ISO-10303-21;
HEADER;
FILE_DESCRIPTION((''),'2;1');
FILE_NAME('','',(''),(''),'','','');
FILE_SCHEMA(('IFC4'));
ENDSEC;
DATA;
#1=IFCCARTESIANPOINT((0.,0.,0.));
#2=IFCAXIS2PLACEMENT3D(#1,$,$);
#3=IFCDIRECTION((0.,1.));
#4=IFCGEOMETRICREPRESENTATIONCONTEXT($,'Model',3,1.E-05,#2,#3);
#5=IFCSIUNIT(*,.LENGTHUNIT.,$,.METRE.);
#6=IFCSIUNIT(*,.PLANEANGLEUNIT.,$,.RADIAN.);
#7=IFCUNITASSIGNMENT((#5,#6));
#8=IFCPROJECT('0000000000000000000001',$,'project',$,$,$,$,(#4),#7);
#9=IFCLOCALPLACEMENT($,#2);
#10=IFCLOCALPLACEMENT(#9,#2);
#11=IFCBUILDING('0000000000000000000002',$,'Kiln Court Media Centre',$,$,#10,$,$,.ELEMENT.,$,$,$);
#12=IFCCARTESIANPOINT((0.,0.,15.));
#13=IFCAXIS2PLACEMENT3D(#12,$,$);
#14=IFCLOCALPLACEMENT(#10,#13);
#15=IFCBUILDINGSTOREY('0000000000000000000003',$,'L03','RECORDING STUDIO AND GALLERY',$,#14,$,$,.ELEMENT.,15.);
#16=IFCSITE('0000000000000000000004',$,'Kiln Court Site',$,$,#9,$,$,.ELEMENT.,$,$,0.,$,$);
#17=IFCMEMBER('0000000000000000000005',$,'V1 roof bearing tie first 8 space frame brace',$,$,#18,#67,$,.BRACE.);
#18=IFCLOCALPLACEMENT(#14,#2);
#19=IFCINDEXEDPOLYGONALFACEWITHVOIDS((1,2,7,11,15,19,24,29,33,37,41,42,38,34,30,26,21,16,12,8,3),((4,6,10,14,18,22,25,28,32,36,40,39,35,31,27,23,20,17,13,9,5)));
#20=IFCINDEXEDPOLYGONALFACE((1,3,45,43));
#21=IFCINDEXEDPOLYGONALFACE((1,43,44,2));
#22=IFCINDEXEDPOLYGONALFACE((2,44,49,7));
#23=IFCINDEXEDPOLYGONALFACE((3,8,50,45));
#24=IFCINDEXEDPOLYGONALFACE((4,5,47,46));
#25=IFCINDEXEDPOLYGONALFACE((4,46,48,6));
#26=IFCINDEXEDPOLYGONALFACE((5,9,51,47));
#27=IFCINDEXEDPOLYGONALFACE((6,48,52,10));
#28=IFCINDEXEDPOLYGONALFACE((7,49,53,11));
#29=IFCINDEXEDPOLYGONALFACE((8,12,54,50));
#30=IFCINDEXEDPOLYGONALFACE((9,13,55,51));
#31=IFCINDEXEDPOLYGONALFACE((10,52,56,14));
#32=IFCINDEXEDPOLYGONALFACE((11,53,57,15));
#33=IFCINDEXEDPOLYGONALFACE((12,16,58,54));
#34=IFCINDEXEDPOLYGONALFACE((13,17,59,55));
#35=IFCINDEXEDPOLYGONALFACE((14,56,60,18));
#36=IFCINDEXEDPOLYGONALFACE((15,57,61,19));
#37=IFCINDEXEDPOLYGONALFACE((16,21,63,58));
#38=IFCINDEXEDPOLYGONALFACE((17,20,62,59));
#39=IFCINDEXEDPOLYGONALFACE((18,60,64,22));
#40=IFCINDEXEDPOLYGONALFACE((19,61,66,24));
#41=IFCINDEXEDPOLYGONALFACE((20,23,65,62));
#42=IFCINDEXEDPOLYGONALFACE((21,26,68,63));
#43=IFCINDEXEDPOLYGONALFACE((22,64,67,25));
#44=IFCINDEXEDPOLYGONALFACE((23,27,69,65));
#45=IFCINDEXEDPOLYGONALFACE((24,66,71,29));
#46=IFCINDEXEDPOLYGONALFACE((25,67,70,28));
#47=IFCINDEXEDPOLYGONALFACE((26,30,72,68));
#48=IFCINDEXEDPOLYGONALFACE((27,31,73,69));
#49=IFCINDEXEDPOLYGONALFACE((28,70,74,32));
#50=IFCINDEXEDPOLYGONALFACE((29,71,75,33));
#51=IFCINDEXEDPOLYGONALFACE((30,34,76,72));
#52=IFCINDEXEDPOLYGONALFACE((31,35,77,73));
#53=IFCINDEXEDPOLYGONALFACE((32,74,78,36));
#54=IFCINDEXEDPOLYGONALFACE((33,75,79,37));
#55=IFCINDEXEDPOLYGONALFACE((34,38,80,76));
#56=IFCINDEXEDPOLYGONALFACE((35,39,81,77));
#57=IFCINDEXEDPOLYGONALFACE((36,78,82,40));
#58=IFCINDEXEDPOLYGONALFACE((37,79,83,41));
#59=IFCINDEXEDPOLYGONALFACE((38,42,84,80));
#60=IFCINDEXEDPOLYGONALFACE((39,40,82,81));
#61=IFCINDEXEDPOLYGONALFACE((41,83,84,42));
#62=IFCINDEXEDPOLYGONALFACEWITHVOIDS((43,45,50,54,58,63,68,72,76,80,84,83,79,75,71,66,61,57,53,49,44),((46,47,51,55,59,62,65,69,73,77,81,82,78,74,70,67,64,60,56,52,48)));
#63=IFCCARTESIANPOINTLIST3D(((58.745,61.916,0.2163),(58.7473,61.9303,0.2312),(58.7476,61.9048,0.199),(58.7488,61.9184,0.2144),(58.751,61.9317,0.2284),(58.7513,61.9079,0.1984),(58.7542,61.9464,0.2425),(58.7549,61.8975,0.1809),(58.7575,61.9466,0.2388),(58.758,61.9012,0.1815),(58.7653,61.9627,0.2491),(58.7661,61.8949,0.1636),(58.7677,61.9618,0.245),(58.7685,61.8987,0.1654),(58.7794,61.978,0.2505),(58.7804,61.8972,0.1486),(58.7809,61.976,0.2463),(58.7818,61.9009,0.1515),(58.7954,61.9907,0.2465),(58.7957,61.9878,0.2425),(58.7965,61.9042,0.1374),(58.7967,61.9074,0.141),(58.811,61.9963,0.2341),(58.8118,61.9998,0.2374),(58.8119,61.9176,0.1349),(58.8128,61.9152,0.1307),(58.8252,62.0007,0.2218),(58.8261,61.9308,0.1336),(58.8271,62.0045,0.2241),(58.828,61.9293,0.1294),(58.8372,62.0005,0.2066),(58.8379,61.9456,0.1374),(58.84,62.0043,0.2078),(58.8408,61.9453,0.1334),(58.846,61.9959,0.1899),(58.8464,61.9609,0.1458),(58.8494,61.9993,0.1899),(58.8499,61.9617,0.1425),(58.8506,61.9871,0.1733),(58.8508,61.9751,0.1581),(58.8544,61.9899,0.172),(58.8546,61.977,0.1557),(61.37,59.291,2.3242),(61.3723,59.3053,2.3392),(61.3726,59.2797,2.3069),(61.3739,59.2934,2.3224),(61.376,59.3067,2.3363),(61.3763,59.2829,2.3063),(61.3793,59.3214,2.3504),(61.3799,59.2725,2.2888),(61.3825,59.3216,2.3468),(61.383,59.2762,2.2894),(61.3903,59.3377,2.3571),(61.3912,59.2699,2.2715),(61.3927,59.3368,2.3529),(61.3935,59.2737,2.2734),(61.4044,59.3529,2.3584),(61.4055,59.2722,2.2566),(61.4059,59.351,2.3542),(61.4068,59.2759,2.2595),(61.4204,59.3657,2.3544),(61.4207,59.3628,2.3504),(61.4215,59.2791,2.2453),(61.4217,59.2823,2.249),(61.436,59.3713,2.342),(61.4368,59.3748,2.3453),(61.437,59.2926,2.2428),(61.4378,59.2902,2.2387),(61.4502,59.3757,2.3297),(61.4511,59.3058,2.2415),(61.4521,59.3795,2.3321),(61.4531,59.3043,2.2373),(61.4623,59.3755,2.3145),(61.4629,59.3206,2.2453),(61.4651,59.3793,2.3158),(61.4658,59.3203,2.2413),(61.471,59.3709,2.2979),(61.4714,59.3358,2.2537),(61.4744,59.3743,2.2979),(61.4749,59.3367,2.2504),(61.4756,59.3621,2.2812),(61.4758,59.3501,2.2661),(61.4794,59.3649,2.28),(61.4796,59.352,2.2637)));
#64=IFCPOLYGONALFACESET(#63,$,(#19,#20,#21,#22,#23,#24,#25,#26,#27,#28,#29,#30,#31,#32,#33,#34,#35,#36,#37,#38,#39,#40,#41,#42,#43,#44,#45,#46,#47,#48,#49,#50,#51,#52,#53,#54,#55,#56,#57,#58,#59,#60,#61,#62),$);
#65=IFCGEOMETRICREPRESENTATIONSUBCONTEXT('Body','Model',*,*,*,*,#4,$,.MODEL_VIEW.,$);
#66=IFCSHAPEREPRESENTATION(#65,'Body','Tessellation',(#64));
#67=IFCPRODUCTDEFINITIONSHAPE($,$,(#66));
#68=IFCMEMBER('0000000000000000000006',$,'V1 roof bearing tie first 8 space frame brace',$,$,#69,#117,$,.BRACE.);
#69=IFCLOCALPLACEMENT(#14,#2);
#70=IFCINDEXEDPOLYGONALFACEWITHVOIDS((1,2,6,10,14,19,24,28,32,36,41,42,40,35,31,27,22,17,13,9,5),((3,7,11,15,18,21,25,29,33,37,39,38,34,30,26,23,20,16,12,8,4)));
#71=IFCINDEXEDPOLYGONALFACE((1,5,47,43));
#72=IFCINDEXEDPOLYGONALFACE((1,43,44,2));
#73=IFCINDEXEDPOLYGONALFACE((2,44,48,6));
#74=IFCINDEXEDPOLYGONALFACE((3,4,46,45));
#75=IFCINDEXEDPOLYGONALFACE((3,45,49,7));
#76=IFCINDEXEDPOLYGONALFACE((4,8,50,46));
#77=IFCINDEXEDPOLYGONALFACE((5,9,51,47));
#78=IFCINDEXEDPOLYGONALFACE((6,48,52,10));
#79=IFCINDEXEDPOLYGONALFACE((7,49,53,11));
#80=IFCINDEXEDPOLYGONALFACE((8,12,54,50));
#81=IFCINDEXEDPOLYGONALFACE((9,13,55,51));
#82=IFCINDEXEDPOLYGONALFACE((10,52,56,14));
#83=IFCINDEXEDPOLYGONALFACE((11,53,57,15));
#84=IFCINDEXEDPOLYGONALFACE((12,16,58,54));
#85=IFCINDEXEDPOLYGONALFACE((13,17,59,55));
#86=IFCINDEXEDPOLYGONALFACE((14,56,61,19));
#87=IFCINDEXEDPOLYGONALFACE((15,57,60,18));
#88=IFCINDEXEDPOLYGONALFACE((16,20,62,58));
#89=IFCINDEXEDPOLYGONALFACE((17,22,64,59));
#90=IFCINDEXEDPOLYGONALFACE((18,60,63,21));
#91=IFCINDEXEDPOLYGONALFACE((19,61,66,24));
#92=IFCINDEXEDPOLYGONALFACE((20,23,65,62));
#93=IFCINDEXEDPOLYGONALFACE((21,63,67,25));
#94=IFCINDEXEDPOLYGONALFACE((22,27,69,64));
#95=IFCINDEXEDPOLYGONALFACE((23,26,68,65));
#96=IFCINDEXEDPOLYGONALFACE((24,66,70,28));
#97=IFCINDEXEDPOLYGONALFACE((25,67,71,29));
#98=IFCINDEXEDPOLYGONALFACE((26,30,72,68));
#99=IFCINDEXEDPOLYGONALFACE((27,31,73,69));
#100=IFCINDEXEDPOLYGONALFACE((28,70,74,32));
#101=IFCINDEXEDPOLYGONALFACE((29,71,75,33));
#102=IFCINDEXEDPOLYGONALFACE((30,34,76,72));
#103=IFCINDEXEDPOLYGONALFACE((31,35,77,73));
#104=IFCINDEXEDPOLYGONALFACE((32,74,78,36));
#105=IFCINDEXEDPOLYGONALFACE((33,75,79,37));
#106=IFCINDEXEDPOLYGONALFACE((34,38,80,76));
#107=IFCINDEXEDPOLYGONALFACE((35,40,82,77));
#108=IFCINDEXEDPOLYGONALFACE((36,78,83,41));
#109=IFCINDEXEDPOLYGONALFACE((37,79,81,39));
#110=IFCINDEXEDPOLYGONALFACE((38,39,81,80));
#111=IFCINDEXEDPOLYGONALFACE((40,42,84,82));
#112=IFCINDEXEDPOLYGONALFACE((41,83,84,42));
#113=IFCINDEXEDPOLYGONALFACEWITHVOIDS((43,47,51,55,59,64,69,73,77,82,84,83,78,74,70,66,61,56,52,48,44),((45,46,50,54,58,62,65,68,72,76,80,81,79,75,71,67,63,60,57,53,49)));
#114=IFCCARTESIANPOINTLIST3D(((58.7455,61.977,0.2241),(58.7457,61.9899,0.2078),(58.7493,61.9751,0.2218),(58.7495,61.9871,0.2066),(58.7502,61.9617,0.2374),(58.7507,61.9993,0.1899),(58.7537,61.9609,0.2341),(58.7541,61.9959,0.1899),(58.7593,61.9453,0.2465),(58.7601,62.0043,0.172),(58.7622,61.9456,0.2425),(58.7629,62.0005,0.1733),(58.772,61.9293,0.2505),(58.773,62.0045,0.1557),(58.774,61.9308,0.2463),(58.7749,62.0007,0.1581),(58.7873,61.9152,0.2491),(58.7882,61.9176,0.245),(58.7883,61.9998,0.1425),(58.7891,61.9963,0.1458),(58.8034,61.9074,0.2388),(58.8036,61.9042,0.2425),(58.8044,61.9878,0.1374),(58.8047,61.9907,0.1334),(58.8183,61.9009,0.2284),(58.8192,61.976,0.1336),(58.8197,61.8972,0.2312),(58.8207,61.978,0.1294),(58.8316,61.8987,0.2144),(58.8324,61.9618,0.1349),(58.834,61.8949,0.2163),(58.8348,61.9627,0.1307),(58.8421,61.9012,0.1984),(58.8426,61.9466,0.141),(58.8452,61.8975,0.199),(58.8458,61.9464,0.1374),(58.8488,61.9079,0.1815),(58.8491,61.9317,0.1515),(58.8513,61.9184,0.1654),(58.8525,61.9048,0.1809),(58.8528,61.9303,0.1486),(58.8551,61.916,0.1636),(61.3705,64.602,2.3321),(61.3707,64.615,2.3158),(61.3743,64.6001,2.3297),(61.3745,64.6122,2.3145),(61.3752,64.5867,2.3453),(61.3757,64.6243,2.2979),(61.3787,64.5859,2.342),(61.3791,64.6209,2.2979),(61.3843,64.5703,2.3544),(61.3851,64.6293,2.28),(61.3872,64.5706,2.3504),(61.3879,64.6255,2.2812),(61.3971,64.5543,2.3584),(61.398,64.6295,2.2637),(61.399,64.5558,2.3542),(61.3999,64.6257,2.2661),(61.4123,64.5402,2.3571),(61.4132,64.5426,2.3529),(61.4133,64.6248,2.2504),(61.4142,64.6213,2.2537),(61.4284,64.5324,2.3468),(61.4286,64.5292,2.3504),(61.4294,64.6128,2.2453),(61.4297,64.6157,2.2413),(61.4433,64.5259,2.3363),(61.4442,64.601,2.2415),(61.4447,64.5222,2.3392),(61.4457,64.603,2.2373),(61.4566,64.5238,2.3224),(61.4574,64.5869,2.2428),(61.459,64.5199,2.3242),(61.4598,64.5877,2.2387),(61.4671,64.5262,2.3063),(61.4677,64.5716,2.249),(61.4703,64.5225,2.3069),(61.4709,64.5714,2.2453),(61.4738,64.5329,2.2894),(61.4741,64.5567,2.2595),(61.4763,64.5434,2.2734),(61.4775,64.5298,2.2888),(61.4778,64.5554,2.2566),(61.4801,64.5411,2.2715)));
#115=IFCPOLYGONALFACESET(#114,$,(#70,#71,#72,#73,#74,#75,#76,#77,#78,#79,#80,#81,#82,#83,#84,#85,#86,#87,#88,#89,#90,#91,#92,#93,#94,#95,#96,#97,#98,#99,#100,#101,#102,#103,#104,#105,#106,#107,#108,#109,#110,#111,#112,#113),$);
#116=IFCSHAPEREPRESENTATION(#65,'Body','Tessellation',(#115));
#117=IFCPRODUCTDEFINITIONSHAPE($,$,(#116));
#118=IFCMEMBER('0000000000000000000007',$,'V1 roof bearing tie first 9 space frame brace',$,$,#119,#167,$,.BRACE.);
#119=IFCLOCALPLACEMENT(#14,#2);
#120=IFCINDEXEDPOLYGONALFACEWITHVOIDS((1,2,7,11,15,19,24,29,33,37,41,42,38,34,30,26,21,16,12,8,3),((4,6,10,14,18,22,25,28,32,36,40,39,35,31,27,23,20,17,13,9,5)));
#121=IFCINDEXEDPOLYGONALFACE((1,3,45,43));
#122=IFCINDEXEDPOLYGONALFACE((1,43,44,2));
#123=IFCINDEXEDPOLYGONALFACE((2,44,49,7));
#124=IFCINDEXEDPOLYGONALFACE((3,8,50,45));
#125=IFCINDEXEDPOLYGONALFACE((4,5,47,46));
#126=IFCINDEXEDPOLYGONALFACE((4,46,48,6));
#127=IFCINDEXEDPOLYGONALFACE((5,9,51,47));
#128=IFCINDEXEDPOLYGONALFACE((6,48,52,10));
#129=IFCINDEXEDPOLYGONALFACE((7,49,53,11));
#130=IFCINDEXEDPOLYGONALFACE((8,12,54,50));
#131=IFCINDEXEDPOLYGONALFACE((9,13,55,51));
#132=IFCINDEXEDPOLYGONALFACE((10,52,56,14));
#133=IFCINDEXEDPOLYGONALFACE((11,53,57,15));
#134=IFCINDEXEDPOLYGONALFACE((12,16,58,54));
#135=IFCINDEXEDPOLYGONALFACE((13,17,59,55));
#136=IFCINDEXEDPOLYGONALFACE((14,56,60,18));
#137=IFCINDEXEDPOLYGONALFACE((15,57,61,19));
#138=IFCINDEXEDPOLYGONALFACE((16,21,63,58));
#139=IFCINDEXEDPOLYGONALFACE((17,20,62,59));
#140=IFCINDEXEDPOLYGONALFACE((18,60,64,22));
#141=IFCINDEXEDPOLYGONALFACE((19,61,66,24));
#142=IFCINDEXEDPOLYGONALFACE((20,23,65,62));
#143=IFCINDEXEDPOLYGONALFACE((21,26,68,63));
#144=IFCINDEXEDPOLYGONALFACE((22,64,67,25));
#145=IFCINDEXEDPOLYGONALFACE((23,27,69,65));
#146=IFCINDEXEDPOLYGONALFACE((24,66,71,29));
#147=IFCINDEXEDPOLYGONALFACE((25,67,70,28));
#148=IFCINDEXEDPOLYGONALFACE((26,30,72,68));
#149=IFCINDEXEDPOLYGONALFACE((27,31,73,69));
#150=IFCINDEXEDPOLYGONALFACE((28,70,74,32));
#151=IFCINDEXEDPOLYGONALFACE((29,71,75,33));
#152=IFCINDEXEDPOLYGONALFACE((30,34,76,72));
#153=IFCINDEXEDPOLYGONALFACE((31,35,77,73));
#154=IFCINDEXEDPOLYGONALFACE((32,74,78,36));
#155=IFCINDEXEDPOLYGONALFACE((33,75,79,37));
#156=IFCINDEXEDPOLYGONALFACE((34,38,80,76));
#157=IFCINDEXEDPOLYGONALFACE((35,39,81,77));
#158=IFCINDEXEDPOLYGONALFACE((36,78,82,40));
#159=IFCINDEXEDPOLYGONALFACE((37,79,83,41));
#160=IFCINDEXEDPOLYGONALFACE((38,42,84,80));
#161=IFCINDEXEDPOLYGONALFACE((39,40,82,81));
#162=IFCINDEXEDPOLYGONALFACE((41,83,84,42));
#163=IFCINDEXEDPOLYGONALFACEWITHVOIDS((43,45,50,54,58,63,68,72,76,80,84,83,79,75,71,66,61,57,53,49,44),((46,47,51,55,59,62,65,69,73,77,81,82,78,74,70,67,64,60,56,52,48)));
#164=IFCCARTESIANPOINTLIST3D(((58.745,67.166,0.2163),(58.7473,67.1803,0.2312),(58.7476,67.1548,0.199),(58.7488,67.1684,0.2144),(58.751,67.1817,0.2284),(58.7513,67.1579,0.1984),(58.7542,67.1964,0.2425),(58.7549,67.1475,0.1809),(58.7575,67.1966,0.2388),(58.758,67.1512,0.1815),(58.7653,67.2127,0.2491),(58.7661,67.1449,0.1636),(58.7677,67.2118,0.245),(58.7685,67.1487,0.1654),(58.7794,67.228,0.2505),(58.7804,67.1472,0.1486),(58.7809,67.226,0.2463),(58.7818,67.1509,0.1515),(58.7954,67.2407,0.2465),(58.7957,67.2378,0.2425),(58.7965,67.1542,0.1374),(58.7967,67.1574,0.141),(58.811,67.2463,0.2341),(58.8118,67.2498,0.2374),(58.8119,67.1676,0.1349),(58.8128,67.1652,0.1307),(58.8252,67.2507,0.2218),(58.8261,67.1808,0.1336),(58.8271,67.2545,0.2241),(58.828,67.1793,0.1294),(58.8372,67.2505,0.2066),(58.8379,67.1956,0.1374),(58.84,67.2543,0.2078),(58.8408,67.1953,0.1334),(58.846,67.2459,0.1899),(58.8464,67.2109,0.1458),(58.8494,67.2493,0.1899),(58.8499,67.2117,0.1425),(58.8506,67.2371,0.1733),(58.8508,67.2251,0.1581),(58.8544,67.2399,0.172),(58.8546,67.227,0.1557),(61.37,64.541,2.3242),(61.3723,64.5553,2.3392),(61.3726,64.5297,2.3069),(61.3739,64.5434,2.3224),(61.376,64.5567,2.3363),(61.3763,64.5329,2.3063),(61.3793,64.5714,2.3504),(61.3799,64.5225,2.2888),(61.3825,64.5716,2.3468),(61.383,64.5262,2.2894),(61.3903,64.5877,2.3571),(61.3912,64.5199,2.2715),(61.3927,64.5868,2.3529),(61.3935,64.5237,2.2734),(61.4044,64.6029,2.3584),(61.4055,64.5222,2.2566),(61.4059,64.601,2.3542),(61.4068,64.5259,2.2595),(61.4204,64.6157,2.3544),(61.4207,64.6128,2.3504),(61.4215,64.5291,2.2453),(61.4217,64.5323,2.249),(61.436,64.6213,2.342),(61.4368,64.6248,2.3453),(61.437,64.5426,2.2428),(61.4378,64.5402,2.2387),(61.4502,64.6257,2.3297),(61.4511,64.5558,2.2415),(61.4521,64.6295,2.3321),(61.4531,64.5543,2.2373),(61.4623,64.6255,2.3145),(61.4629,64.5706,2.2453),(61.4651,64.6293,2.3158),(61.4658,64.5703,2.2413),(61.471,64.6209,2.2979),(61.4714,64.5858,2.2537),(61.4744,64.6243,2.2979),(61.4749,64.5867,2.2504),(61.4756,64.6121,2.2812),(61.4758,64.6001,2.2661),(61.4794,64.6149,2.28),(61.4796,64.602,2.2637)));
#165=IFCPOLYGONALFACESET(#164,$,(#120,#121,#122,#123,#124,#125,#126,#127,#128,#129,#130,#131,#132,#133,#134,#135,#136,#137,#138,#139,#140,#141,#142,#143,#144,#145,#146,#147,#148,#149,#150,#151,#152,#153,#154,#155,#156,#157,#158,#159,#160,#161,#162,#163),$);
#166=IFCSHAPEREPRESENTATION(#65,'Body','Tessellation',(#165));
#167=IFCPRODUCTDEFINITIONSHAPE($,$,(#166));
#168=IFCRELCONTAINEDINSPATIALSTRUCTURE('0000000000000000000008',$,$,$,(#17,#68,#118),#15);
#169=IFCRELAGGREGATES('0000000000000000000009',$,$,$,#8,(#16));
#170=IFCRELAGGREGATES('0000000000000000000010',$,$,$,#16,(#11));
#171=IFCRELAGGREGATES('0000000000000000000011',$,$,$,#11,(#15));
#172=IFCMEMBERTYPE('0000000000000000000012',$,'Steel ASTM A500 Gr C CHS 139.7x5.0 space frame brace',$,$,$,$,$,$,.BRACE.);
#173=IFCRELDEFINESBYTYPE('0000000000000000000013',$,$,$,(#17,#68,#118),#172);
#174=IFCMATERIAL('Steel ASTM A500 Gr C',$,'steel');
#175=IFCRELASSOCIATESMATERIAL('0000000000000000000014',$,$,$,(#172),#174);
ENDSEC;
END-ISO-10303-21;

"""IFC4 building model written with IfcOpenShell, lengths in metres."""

from ifc_helpers import new_model, si_unit, direction, frame, origin, origin_2d, place, context, subcontext, project, spatial, hollow_circle, extrude, material, material_profile, profile_set, type_object, element, save


model = new_model("IFC4")

# Units and contexts
model_context = context("Model", 3, precision=1e-05, world=origin(), true_north=direction((0.0, 1.0)))
body_context = subcontext(model_context, "Body", "Model", "MODEL_VIEW")
ifc_project = project(units=[si_unit("LENGTHUNIT", "METRE"), si_unit("PLANEANGLEUNIT", "RADIAN")], contexts=[model_context])

# Site, building, storey
site_placement = place(None, origin())
site = spatial("IfcSite", under=ifc_project, at=site_placement, Name="Kiln Court Site", CompositionType="ELEMENT", RefElevation=0.0)
building_placement = place(site_placement, origin())
building = spatial("IfcBuilding", under=site, at=building_placement, Name="Kiln Court Media Centre", CompositionType="ELEMENT")
storey_placement = place(building_placement, frame((0.0, 0.0, 15.0)))
storey = spatial("IfcBuildingStorey", under=building, at=storey_placement, Name="L03", Description="RECORDING STUDIO AND GALLERY", CompositionType="ELEMENT", Elevation=15.0)

# Members
ifc_material_1 = material(Name="Steel ASTM A500 Gr C", Category="steel")
ifc_material_profile_1 = material_profile(ifc_material_1, hollow_circle(Radius=0.0698, WallThickness=0.0049, at=origin_2d()), Name="CHS 139.7x5.0")
ifc_profile_set_1 = profile_set([ifc_material_profile_1], Name="Steel ASTM A500 Gr C")
member_type_1 = type_object("IfcMemberType", Name="Steel ASTM A500 Gr C CHS 139.7x5.0 space frame brace", PredefinedType="BRACE", material=ifc_profile_set_1)
for number, where, z_axis, x_axis, name in (
    (1, (58.8, 61.95, 0.1899), (0.614895, -0.614895, 0.493769), (0.707107, 0.707107, 0.0), "V1 roof bearing tie first 8 space frame brace"),
    (2, (58.8, 61.95, 0.1899), (0.614895, 0.614895, 0.493769), (-0.707107, 0.707107, 0.0), "V1 roof bearing tie first 8 space frame brace"),
    (3, (58.8, 67.2, 0.1899), (0.614895, -0.614895, 0.493769), (0.707107, 0.707107, 0.0), "V1 roof bearing tie first 9 space frame brace"),
):
    element("IfcMember", number, at=place(storey_placement, frame(where, z_axis=z_axis, x_axis=x_axis)), inside=storey, type_object=member_type_1, Name=name, PredefinedType="BRACE", context=body_context, shape_type="SweptSolid", body=[
        extrude(hollow_circle(Radius=0.0698, WallThickness=0.0049, at=origin_2d()), origin(), (0.0, 0.0, 1.0), 4.269),
    ])

save(model, "model.ifc")
